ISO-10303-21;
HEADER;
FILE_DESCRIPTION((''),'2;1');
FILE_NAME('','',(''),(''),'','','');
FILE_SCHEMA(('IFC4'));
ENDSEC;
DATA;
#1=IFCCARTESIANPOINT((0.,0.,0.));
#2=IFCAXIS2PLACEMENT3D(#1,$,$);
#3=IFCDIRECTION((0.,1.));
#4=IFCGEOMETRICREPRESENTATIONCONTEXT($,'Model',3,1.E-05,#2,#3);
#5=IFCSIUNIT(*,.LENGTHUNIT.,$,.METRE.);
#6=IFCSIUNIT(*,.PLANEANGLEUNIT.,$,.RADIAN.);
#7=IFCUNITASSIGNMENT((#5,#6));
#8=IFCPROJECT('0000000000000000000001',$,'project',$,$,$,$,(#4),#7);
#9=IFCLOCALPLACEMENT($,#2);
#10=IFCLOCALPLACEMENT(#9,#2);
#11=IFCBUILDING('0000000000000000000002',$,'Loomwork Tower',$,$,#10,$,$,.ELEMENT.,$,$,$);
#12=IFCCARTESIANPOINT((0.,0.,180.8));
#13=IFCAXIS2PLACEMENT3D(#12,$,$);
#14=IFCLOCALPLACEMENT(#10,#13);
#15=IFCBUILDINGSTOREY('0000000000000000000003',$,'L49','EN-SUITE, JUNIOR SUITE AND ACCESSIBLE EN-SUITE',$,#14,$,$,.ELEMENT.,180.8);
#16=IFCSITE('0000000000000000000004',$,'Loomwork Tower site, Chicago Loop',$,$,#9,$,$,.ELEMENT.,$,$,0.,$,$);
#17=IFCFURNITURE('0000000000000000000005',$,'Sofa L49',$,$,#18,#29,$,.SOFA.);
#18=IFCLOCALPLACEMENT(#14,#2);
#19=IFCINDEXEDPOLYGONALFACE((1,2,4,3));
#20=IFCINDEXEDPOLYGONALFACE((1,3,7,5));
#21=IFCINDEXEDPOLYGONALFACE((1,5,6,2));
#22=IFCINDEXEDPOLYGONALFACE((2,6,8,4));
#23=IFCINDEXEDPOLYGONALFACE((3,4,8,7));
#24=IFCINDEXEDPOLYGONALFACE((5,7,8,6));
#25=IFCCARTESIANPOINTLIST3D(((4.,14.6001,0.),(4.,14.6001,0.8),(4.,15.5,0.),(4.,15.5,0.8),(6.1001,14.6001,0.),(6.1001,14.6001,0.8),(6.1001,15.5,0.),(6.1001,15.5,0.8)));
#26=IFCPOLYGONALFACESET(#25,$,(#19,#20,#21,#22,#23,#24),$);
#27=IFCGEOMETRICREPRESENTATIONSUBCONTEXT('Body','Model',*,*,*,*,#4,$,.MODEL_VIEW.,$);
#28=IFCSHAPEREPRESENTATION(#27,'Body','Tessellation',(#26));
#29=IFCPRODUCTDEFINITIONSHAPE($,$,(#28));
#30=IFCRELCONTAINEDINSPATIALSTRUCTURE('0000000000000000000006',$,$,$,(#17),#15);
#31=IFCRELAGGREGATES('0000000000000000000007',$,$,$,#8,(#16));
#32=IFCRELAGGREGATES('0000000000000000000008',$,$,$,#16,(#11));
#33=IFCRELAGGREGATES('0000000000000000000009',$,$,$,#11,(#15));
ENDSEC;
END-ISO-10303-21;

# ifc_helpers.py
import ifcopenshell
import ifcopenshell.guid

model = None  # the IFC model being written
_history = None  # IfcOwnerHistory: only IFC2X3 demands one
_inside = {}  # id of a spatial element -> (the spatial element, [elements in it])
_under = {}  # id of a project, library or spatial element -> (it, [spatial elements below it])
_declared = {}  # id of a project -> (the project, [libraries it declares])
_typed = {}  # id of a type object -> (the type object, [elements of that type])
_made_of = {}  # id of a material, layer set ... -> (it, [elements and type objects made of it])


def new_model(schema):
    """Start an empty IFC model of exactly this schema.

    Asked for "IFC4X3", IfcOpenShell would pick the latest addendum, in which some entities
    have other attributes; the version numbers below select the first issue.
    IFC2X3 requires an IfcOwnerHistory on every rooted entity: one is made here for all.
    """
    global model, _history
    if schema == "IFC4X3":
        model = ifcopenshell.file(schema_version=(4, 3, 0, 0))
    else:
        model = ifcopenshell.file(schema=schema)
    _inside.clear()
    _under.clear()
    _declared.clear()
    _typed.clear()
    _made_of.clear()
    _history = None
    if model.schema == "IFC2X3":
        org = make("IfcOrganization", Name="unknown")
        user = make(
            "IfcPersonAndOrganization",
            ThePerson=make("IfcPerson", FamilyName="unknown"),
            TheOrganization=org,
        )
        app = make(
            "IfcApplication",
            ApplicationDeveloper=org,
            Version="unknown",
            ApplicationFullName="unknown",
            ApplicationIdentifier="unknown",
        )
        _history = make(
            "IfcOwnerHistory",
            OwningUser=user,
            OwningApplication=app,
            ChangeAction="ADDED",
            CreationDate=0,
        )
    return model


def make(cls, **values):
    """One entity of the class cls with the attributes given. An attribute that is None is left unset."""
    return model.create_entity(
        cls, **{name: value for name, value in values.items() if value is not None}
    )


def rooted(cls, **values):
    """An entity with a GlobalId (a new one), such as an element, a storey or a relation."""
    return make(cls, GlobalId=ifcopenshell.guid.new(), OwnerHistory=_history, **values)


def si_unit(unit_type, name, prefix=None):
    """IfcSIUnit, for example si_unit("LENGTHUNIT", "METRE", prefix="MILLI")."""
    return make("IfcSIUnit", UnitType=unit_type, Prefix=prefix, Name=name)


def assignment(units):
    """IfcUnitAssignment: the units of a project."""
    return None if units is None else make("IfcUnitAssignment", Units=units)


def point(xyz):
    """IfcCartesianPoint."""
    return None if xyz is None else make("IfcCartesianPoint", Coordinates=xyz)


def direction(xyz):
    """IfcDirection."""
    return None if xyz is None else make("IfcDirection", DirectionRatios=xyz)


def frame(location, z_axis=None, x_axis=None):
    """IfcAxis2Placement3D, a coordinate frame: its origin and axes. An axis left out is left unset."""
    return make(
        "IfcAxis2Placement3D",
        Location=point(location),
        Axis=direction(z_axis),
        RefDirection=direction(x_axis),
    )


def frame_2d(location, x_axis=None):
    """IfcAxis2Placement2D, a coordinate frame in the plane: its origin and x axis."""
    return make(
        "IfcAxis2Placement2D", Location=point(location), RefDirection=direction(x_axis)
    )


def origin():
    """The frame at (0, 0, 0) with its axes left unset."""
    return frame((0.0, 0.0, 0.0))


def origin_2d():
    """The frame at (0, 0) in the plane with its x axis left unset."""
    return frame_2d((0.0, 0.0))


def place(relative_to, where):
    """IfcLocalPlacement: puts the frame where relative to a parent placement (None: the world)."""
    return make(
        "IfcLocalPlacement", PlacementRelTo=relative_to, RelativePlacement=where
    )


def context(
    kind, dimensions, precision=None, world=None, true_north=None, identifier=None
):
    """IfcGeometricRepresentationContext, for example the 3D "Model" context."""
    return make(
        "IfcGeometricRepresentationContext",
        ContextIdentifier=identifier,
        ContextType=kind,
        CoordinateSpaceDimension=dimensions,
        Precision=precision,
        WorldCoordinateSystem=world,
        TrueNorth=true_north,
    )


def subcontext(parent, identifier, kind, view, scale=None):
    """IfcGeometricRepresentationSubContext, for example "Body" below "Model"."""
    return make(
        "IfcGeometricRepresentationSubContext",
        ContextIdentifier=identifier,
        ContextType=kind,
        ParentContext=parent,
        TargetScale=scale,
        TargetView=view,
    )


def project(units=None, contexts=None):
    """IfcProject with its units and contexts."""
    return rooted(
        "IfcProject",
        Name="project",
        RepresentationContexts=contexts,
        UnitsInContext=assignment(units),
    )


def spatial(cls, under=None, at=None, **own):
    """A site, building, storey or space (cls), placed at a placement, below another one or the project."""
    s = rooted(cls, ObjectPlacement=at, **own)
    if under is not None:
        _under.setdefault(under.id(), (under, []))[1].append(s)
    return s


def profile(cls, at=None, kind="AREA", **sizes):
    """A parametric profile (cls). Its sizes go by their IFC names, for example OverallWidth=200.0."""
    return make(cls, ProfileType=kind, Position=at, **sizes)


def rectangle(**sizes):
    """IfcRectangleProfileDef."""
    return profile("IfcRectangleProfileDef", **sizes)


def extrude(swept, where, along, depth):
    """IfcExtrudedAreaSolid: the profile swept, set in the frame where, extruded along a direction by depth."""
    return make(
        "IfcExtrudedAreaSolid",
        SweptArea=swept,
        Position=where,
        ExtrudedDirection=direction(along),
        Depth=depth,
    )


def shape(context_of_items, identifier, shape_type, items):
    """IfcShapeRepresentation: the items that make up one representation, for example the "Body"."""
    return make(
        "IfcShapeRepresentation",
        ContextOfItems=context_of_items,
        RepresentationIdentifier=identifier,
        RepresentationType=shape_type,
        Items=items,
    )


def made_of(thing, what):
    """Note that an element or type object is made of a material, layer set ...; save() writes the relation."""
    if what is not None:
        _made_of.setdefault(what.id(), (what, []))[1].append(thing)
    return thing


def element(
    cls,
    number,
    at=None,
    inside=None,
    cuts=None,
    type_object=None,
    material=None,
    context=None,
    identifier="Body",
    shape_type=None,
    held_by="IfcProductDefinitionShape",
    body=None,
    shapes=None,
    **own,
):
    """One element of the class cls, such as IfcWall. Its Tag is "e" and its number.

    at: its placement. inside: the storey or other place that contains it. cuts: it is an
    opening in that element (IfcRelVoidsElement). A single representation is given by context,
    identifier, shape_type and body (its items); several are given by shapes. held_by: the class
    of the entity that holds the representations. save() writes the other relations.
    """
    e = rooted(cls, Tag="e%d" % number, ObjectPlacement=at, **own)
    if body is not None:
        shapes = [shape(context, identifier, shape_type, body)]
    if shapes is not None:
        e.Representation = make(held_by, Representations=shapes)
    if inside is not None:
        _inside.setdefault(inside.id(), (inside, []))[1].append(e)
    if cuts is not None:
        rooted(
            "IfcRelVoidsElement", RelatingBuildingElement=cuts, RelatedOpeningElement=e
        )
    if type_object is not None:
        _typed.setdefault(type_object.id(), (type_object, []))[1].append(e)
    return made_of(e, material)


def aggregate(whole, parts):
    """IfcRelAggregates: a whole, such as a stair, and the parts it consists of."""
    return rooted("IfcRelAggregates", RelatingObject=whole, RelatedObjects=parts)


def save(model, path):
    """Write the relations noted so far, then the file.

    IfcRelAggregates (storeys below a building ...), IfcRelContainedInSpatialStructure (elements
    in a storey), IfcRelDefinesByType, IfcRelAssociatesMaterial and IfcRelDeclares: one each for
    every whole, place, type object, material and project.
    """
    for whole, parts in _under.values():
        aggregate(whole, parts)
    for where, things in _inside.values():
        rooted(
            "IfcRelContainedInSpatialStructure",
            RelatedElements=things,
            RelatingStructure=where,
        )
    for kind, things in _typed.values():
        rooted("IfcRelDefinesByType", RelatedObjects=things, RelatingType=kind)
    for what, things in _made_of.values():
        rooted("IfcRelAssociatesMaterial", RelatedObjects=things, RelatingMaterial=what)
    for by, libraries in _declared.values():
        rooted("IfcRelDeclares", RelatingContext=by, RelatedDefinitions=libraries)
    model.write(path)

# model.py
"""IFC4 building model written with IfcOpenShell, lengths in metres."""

from ifc_helpers import new_model, si_unit, direction, frame, origin, origin_2d, place, context, subcontext, project, spatial, rectangle, extrude, element, save


model = new_model("IFC4")

# Units and contexts
model_context = context("Model", 3, precision=1e-05, world=origin(), true_north=direction((0.0, 1.0)))
body_context = subcontext(model_context, "Body", "Model", "MODEL_VIEW")
ifc_project = project(units=[si_unit("LENGTHUNIT", "METRE"), si_unit("PLANEANGLEUNIT", "RADIAN")], contexts=[model_context])

# Site, building, storey
site_placement = place(None, origin())
site = spatial("IfcSite", under=ifc_project, at=site_placement, Name="Loomwork Tower site, Chicago Loop", CompositionType="ELEMENT", RefElevation=0.0)
building_placement = place(site_placement, origin())
building = spatial("IfcBuilding", under=site, at=building_placement, Name="Loomwork Tower", CompositionType="ELEMENT")
storey_placement = place(building_placement, frame((0.0, 0.0, 180.8)))
storey = spatial("IfcBuildingStorey", under=building, at=storey_placement, Name="L49", Description="EN-SUITE, JUNIOR SUITE AND ACCESSIBLE EN-SUITE", CompositionType="ELEMENT", Elevation=180.8)

# Furniture
furniture_1_placement = place(storey_placement, frame((5.05, 15.05, 0.0), z_axis=(0.0, 0.0, 1.0), x_axis=(1.0, 0.0, 0.0)))
element("IfcFurniture", 1, at=furniture_1_placement, inside=storey, Name="Sofa L49", PredefinedType="SOFA", context=body_context, shape_type="SweptSolid", body=[
    extrude(rectangle(XDim=2.1001, YDim=0.8999, at=origin_2d()), origin(), (0.0, 0.0, 1.0), 0.8),
])

save(model, "model.ifc")
